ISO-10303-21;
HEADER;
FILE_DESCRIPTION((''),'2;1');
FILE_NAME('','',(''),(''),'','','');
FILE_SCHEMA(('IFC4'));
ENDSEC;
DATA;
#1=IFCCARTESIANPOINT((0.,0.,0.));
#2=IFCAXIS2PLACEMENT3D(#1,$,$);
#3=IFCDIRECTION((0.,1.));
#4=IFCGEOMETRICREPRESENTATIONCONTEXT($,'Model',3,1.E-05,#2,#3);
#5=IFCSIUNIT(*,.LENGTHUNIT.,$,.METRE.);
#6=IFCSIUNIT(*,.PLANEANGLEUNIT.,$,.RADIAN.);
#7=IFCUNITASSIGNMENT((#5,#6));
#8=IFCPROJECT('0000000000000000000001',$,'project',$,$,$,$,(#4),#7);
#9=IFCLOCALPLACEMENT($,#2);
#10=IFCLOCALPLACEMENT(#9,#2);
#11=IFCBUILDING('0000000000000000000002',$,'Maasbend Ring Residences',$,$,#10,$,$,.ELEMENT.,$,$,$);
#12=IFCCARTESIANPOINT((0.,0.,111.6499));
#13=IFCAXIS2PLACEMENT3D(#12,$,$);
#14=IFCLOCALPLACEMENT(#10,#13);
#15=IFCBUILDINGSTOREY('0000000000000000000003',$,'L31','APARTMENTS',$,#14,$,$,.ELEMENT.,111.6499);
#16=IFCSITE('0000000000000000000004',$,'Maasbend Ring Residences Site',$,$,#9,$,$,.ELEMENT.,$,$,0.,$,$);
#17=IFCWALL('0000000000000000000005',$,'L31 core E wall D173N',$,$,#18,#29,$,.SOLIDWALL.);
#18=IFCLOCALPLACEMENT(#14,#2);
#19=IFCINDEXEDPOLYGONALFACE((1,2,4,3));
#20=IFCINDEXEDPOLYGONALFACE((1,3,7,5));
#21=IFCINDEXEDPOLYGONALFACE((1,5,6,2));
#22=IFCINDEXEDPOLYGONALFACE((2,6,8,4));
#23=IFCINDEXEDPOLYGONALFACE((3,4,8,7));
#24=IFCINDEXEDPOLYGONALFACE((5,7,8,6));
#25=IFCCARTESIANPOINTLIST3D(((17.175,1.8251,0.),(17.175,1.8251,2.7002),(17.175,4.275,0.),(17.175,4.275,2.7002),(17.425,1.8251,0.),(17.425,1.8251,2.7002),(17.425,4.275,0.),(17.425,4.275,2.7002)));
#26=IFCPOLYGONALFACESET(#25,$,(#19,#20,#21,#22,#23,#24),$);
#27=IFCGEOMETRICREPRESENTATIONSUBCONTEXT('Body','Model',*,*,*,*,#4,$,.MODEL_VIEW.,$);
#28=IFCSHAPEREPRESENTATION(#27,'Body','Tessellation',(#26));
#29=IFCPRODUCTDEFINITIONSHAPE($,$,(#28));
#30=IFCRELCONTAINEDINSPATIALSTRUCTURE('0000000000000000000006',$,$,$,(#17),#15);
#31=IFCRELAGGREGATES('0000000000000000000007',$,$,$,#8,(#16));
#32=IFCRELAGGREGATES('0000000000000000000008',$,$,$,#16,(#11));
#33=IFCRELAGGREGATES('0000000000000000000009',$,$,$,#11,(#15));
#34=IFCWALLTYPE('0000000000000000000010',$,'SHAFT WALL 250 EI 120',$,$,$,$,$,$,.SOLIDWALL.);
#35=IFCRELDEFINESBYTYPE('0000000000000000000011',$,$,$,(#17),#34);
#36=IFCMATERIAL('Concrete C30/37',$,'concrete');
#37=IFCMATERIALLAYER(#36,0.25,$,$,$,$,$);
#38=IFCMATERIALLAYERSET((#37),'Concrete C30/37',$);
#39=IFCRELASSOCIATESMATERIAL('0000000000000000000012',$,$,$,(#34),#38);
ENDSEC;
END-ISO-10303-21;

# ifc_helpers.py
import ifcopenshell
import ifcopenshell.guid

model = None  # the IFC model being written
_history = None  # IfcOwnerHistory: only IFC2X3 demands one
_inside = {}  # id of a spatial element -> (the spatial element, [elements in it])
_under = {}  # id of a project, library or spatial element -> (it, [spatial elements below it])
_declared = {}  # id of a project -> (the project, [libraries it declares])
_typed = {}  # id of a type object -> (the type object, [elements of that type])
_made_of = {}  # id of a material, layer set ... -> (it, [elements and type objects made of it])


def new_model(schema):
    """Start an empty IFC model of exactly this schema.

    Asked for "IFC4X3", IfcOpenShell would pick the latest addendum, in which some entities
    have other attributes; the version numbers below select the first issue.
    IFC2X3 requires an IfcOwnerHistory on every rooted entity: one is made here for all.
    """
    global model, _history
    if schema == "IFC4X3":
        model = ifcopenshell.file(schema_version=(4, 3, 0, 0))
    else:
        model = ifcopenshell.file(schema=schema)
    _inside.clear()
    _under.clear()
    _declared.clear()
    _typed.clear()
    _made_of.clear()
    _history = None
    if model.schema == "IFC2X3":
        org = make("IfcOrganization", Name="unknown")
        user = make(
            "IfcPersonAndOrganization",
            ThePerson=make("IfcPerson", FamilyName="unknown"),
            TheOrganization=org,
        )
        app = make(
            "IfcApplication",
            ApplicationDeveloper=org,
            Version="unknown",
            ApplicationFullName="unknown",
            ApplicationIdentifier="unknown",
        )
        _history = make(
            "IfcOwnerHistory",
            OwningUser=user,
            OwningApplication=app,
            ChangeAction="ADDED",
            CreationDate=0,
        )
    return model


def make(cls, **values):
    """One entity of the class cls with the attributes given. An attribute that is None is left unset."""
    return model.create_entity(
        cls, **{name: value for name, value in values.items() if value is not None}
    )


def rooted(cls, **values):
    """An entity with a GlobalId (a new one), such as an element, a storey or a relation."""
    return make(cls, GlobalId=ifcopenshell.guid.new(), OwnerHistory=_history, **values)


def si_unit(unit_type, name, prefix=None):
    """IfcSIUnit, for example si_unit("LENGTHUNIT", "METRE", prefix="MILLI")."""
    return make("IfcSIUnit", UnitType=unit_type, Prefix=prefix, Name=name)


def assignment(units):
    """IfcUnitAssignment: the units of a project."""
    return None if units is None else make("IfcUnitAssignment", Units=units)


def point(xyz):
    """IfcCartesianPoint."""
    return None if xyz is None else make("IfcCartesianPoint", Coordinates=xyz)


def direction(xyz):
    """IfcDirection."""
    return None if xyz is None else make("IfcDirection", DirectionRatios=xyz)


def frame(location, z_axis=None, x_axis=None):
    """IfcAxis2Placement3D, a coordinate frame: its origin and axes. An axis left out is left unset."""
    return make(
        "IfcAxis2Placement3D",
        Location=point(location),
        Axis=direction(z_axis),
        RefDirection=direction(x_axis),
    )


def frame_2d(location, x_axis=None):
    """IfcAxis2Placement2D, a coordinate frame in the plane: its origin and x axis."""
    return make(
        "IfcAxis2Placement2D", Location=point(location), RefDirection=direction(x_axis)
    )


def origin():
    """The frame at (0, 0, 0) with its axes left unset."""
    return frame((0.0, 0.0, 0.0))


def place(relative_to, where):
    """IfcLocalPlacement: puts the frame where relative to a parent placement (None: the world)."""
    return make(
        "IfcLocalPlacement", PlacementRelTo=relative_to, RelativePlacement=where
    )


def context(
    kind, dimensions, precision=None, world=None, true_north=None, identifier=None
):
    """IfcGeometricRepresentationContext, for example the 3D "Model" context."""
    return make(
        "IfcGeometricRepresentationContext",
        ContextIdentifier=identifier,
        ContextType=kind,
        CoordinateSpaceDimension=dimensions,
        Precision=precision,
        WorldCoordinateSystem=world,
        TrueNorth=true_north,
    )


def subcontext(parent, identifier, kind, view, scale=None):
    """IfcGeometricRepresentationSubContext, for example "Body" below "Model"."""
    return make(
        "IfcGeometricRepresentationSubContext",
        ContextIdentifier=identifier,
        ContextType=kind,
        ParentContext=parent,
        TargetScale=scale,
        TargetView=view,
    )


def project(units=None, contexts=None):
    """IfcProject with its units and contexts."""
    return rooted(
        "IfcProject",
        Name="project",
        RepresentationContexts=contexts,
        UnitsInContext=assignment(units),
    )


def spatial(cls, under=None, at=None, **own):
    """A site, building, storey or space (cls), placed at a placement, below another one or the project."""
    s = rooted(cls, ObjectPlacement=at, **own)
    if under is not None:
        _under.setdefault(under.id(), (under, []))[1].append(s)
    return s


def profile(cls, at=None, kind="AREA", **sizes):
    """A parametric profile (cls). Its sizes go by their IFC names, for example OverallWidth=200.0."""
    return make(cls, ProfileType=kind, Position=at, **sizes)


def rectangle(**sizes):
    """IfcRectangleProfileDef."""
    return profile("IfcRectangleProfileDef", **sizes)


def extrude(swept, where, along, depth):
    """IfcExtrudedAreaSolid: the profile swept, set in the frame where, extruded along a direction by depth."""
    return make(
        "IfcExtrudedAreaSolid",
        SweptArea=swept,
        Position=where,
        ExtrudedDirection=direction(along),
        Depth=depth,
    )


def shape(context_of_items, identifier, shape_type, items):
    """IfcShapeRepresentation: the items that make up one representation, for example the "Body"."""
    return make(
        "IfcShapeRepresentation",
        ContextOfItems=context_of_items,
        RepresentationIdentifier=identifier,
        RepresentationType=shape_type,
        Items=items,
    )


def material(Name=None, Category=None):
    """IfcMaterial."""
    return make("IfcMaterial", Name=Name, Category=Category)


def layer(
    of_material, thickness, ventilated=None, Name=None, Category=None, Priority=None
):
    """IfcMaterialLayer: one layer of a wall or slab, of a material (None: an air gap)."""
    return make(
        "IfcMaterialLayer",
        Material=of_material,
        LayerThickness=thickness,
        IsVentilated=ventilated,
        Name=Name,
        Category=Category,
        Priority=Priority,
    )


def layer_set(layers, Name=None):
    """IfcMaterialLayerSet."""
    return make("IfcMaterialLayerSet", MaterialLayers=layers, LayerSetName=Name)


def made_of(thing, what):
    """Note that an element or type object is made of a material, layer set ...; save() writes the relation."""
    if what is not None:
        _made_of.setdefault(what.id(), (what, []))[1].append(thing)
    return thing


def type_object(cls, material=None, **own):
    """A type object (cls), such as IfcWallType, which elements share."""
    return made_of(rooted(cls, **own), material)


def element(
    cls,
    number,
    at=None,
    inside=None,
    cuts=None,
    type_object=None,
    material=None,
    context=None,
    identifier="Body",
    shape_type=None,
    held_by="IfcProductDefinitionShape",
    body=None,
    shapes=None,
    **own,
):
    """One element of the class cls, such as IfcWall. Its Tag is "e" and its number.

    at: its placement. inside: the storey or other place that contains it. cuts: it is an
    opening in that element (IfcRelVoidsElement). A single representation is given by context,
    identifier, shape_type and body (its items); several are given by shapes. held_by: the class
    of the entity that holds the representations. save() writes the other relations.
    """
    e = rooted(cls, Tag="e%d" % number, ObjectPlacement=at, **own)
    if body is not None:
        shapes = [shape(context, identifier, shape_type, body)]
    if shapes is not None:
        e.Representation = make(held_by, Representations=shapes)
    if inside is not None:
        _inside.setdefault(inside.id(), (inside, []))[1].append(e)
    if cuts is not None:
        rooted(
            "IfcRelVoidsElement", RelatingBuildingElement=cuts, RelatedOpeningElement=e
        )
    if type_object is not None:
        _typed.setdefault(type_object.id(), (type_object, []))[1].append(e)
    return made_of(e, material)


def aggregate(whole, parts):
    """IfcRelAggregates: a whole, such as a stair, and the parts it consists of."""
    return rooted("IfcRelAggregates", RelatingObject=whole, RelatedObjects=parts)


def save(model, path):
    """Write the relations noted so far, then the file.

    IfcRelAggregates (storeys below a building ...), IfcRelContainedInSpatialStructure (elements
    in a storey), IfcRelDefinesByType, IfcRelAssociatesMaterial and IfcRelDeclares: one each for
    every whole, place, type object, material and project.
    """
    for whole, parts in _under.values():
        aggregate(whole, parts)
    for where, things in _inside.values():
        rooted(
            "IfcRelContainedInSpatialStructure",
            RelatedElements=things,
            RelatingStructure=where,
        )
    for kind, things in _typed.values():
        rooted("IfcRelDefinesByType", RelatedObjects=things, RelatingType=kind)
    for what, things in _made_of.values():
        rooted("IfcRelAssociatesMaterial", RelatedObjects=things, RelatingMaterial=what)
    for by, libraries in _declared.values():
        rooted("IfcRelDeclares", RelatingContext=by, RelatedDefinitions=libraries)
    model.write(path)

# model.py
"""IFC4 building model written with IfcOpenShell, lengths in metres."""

from ifc_helpers import new_model, si_unit, direction, frame, frame_2d, origin, place, context, subcontext, project, spatial, rectangle, extrude, material, layer, layer_set, type_object, element, save


model = new_model("IFC4")

# Units and contexts
model_context = context("Model", 3, precision=1e-05, world=origin(), true_north=direction((0.0, 1.0)))
body_context = subcontext(model_context, "Body", "Model", "MODEL_VIEW")
ifc_project = project(units=[si_unit("LENGTHUNIT", "METRE"), si_unit("PLANEANGLEUNIT", "RADIAN")], contexts=[model_context])

# Site, building, storey
site_placement = place(None, origin())
site = spatial("IfcSite", under=ifc_project, at=site_placement, Name="Maasbend Ring Residences Site", CompositionType="ELEMENT", RefElevation=0.0)
building_placement = place(site_placement, origin())
building = spatial("IfcBuilding", under=site, at=building_placement, Name="Maasbend Ring Residences", CompositionType="ELEMENT")
storey_placement = place(building_placement, frame((0.0, 0.0, 111.6499)))
storey = spatial("IfcBuildingStorey", under=building, at=storey_placement, Name="L31", Description="APARTMENTS", CompositionType="ELEMENT", Elevation=111.6499)

# Wall
ifc_material_1 = material(Name="Concrete C30/37", Category="concrete")
ifc_layer_1 = layer(ifc_material_1, 0.25)
ifc_layer_set_1 = layer_set([ifc_layer_1], Name="Concrete C30/37")
wall_type_1 = type_object("IfcWallType", Name="SHAFT WALL 250 EI 120", PredefinedType="SOLIDWALL", material=ifc_layer_set_1)
wall_1_placement = place(storey_placement, frame((17.3, 1.825, 0.0), z_axis=(0.0, 0.0, 1.0), x_axis=(0.0, 1.0, 0.0)))
element("IfcWall", 1, at=wall_1_placement, inside=storey, type_object=wall_type_1, Name="L31 core E wall D173N", PredefinedType="SOLIDWALL", context=body_context, shape_type="SweptSolid", body=[
    extrude(rectangle(XDim=2.45, YDim=0.25, at=frame_2d((1.2251, 0.0))), origin(), (0.0, 0.0, 1.0), 2.7002),
])

save(model, "model.ifc")
